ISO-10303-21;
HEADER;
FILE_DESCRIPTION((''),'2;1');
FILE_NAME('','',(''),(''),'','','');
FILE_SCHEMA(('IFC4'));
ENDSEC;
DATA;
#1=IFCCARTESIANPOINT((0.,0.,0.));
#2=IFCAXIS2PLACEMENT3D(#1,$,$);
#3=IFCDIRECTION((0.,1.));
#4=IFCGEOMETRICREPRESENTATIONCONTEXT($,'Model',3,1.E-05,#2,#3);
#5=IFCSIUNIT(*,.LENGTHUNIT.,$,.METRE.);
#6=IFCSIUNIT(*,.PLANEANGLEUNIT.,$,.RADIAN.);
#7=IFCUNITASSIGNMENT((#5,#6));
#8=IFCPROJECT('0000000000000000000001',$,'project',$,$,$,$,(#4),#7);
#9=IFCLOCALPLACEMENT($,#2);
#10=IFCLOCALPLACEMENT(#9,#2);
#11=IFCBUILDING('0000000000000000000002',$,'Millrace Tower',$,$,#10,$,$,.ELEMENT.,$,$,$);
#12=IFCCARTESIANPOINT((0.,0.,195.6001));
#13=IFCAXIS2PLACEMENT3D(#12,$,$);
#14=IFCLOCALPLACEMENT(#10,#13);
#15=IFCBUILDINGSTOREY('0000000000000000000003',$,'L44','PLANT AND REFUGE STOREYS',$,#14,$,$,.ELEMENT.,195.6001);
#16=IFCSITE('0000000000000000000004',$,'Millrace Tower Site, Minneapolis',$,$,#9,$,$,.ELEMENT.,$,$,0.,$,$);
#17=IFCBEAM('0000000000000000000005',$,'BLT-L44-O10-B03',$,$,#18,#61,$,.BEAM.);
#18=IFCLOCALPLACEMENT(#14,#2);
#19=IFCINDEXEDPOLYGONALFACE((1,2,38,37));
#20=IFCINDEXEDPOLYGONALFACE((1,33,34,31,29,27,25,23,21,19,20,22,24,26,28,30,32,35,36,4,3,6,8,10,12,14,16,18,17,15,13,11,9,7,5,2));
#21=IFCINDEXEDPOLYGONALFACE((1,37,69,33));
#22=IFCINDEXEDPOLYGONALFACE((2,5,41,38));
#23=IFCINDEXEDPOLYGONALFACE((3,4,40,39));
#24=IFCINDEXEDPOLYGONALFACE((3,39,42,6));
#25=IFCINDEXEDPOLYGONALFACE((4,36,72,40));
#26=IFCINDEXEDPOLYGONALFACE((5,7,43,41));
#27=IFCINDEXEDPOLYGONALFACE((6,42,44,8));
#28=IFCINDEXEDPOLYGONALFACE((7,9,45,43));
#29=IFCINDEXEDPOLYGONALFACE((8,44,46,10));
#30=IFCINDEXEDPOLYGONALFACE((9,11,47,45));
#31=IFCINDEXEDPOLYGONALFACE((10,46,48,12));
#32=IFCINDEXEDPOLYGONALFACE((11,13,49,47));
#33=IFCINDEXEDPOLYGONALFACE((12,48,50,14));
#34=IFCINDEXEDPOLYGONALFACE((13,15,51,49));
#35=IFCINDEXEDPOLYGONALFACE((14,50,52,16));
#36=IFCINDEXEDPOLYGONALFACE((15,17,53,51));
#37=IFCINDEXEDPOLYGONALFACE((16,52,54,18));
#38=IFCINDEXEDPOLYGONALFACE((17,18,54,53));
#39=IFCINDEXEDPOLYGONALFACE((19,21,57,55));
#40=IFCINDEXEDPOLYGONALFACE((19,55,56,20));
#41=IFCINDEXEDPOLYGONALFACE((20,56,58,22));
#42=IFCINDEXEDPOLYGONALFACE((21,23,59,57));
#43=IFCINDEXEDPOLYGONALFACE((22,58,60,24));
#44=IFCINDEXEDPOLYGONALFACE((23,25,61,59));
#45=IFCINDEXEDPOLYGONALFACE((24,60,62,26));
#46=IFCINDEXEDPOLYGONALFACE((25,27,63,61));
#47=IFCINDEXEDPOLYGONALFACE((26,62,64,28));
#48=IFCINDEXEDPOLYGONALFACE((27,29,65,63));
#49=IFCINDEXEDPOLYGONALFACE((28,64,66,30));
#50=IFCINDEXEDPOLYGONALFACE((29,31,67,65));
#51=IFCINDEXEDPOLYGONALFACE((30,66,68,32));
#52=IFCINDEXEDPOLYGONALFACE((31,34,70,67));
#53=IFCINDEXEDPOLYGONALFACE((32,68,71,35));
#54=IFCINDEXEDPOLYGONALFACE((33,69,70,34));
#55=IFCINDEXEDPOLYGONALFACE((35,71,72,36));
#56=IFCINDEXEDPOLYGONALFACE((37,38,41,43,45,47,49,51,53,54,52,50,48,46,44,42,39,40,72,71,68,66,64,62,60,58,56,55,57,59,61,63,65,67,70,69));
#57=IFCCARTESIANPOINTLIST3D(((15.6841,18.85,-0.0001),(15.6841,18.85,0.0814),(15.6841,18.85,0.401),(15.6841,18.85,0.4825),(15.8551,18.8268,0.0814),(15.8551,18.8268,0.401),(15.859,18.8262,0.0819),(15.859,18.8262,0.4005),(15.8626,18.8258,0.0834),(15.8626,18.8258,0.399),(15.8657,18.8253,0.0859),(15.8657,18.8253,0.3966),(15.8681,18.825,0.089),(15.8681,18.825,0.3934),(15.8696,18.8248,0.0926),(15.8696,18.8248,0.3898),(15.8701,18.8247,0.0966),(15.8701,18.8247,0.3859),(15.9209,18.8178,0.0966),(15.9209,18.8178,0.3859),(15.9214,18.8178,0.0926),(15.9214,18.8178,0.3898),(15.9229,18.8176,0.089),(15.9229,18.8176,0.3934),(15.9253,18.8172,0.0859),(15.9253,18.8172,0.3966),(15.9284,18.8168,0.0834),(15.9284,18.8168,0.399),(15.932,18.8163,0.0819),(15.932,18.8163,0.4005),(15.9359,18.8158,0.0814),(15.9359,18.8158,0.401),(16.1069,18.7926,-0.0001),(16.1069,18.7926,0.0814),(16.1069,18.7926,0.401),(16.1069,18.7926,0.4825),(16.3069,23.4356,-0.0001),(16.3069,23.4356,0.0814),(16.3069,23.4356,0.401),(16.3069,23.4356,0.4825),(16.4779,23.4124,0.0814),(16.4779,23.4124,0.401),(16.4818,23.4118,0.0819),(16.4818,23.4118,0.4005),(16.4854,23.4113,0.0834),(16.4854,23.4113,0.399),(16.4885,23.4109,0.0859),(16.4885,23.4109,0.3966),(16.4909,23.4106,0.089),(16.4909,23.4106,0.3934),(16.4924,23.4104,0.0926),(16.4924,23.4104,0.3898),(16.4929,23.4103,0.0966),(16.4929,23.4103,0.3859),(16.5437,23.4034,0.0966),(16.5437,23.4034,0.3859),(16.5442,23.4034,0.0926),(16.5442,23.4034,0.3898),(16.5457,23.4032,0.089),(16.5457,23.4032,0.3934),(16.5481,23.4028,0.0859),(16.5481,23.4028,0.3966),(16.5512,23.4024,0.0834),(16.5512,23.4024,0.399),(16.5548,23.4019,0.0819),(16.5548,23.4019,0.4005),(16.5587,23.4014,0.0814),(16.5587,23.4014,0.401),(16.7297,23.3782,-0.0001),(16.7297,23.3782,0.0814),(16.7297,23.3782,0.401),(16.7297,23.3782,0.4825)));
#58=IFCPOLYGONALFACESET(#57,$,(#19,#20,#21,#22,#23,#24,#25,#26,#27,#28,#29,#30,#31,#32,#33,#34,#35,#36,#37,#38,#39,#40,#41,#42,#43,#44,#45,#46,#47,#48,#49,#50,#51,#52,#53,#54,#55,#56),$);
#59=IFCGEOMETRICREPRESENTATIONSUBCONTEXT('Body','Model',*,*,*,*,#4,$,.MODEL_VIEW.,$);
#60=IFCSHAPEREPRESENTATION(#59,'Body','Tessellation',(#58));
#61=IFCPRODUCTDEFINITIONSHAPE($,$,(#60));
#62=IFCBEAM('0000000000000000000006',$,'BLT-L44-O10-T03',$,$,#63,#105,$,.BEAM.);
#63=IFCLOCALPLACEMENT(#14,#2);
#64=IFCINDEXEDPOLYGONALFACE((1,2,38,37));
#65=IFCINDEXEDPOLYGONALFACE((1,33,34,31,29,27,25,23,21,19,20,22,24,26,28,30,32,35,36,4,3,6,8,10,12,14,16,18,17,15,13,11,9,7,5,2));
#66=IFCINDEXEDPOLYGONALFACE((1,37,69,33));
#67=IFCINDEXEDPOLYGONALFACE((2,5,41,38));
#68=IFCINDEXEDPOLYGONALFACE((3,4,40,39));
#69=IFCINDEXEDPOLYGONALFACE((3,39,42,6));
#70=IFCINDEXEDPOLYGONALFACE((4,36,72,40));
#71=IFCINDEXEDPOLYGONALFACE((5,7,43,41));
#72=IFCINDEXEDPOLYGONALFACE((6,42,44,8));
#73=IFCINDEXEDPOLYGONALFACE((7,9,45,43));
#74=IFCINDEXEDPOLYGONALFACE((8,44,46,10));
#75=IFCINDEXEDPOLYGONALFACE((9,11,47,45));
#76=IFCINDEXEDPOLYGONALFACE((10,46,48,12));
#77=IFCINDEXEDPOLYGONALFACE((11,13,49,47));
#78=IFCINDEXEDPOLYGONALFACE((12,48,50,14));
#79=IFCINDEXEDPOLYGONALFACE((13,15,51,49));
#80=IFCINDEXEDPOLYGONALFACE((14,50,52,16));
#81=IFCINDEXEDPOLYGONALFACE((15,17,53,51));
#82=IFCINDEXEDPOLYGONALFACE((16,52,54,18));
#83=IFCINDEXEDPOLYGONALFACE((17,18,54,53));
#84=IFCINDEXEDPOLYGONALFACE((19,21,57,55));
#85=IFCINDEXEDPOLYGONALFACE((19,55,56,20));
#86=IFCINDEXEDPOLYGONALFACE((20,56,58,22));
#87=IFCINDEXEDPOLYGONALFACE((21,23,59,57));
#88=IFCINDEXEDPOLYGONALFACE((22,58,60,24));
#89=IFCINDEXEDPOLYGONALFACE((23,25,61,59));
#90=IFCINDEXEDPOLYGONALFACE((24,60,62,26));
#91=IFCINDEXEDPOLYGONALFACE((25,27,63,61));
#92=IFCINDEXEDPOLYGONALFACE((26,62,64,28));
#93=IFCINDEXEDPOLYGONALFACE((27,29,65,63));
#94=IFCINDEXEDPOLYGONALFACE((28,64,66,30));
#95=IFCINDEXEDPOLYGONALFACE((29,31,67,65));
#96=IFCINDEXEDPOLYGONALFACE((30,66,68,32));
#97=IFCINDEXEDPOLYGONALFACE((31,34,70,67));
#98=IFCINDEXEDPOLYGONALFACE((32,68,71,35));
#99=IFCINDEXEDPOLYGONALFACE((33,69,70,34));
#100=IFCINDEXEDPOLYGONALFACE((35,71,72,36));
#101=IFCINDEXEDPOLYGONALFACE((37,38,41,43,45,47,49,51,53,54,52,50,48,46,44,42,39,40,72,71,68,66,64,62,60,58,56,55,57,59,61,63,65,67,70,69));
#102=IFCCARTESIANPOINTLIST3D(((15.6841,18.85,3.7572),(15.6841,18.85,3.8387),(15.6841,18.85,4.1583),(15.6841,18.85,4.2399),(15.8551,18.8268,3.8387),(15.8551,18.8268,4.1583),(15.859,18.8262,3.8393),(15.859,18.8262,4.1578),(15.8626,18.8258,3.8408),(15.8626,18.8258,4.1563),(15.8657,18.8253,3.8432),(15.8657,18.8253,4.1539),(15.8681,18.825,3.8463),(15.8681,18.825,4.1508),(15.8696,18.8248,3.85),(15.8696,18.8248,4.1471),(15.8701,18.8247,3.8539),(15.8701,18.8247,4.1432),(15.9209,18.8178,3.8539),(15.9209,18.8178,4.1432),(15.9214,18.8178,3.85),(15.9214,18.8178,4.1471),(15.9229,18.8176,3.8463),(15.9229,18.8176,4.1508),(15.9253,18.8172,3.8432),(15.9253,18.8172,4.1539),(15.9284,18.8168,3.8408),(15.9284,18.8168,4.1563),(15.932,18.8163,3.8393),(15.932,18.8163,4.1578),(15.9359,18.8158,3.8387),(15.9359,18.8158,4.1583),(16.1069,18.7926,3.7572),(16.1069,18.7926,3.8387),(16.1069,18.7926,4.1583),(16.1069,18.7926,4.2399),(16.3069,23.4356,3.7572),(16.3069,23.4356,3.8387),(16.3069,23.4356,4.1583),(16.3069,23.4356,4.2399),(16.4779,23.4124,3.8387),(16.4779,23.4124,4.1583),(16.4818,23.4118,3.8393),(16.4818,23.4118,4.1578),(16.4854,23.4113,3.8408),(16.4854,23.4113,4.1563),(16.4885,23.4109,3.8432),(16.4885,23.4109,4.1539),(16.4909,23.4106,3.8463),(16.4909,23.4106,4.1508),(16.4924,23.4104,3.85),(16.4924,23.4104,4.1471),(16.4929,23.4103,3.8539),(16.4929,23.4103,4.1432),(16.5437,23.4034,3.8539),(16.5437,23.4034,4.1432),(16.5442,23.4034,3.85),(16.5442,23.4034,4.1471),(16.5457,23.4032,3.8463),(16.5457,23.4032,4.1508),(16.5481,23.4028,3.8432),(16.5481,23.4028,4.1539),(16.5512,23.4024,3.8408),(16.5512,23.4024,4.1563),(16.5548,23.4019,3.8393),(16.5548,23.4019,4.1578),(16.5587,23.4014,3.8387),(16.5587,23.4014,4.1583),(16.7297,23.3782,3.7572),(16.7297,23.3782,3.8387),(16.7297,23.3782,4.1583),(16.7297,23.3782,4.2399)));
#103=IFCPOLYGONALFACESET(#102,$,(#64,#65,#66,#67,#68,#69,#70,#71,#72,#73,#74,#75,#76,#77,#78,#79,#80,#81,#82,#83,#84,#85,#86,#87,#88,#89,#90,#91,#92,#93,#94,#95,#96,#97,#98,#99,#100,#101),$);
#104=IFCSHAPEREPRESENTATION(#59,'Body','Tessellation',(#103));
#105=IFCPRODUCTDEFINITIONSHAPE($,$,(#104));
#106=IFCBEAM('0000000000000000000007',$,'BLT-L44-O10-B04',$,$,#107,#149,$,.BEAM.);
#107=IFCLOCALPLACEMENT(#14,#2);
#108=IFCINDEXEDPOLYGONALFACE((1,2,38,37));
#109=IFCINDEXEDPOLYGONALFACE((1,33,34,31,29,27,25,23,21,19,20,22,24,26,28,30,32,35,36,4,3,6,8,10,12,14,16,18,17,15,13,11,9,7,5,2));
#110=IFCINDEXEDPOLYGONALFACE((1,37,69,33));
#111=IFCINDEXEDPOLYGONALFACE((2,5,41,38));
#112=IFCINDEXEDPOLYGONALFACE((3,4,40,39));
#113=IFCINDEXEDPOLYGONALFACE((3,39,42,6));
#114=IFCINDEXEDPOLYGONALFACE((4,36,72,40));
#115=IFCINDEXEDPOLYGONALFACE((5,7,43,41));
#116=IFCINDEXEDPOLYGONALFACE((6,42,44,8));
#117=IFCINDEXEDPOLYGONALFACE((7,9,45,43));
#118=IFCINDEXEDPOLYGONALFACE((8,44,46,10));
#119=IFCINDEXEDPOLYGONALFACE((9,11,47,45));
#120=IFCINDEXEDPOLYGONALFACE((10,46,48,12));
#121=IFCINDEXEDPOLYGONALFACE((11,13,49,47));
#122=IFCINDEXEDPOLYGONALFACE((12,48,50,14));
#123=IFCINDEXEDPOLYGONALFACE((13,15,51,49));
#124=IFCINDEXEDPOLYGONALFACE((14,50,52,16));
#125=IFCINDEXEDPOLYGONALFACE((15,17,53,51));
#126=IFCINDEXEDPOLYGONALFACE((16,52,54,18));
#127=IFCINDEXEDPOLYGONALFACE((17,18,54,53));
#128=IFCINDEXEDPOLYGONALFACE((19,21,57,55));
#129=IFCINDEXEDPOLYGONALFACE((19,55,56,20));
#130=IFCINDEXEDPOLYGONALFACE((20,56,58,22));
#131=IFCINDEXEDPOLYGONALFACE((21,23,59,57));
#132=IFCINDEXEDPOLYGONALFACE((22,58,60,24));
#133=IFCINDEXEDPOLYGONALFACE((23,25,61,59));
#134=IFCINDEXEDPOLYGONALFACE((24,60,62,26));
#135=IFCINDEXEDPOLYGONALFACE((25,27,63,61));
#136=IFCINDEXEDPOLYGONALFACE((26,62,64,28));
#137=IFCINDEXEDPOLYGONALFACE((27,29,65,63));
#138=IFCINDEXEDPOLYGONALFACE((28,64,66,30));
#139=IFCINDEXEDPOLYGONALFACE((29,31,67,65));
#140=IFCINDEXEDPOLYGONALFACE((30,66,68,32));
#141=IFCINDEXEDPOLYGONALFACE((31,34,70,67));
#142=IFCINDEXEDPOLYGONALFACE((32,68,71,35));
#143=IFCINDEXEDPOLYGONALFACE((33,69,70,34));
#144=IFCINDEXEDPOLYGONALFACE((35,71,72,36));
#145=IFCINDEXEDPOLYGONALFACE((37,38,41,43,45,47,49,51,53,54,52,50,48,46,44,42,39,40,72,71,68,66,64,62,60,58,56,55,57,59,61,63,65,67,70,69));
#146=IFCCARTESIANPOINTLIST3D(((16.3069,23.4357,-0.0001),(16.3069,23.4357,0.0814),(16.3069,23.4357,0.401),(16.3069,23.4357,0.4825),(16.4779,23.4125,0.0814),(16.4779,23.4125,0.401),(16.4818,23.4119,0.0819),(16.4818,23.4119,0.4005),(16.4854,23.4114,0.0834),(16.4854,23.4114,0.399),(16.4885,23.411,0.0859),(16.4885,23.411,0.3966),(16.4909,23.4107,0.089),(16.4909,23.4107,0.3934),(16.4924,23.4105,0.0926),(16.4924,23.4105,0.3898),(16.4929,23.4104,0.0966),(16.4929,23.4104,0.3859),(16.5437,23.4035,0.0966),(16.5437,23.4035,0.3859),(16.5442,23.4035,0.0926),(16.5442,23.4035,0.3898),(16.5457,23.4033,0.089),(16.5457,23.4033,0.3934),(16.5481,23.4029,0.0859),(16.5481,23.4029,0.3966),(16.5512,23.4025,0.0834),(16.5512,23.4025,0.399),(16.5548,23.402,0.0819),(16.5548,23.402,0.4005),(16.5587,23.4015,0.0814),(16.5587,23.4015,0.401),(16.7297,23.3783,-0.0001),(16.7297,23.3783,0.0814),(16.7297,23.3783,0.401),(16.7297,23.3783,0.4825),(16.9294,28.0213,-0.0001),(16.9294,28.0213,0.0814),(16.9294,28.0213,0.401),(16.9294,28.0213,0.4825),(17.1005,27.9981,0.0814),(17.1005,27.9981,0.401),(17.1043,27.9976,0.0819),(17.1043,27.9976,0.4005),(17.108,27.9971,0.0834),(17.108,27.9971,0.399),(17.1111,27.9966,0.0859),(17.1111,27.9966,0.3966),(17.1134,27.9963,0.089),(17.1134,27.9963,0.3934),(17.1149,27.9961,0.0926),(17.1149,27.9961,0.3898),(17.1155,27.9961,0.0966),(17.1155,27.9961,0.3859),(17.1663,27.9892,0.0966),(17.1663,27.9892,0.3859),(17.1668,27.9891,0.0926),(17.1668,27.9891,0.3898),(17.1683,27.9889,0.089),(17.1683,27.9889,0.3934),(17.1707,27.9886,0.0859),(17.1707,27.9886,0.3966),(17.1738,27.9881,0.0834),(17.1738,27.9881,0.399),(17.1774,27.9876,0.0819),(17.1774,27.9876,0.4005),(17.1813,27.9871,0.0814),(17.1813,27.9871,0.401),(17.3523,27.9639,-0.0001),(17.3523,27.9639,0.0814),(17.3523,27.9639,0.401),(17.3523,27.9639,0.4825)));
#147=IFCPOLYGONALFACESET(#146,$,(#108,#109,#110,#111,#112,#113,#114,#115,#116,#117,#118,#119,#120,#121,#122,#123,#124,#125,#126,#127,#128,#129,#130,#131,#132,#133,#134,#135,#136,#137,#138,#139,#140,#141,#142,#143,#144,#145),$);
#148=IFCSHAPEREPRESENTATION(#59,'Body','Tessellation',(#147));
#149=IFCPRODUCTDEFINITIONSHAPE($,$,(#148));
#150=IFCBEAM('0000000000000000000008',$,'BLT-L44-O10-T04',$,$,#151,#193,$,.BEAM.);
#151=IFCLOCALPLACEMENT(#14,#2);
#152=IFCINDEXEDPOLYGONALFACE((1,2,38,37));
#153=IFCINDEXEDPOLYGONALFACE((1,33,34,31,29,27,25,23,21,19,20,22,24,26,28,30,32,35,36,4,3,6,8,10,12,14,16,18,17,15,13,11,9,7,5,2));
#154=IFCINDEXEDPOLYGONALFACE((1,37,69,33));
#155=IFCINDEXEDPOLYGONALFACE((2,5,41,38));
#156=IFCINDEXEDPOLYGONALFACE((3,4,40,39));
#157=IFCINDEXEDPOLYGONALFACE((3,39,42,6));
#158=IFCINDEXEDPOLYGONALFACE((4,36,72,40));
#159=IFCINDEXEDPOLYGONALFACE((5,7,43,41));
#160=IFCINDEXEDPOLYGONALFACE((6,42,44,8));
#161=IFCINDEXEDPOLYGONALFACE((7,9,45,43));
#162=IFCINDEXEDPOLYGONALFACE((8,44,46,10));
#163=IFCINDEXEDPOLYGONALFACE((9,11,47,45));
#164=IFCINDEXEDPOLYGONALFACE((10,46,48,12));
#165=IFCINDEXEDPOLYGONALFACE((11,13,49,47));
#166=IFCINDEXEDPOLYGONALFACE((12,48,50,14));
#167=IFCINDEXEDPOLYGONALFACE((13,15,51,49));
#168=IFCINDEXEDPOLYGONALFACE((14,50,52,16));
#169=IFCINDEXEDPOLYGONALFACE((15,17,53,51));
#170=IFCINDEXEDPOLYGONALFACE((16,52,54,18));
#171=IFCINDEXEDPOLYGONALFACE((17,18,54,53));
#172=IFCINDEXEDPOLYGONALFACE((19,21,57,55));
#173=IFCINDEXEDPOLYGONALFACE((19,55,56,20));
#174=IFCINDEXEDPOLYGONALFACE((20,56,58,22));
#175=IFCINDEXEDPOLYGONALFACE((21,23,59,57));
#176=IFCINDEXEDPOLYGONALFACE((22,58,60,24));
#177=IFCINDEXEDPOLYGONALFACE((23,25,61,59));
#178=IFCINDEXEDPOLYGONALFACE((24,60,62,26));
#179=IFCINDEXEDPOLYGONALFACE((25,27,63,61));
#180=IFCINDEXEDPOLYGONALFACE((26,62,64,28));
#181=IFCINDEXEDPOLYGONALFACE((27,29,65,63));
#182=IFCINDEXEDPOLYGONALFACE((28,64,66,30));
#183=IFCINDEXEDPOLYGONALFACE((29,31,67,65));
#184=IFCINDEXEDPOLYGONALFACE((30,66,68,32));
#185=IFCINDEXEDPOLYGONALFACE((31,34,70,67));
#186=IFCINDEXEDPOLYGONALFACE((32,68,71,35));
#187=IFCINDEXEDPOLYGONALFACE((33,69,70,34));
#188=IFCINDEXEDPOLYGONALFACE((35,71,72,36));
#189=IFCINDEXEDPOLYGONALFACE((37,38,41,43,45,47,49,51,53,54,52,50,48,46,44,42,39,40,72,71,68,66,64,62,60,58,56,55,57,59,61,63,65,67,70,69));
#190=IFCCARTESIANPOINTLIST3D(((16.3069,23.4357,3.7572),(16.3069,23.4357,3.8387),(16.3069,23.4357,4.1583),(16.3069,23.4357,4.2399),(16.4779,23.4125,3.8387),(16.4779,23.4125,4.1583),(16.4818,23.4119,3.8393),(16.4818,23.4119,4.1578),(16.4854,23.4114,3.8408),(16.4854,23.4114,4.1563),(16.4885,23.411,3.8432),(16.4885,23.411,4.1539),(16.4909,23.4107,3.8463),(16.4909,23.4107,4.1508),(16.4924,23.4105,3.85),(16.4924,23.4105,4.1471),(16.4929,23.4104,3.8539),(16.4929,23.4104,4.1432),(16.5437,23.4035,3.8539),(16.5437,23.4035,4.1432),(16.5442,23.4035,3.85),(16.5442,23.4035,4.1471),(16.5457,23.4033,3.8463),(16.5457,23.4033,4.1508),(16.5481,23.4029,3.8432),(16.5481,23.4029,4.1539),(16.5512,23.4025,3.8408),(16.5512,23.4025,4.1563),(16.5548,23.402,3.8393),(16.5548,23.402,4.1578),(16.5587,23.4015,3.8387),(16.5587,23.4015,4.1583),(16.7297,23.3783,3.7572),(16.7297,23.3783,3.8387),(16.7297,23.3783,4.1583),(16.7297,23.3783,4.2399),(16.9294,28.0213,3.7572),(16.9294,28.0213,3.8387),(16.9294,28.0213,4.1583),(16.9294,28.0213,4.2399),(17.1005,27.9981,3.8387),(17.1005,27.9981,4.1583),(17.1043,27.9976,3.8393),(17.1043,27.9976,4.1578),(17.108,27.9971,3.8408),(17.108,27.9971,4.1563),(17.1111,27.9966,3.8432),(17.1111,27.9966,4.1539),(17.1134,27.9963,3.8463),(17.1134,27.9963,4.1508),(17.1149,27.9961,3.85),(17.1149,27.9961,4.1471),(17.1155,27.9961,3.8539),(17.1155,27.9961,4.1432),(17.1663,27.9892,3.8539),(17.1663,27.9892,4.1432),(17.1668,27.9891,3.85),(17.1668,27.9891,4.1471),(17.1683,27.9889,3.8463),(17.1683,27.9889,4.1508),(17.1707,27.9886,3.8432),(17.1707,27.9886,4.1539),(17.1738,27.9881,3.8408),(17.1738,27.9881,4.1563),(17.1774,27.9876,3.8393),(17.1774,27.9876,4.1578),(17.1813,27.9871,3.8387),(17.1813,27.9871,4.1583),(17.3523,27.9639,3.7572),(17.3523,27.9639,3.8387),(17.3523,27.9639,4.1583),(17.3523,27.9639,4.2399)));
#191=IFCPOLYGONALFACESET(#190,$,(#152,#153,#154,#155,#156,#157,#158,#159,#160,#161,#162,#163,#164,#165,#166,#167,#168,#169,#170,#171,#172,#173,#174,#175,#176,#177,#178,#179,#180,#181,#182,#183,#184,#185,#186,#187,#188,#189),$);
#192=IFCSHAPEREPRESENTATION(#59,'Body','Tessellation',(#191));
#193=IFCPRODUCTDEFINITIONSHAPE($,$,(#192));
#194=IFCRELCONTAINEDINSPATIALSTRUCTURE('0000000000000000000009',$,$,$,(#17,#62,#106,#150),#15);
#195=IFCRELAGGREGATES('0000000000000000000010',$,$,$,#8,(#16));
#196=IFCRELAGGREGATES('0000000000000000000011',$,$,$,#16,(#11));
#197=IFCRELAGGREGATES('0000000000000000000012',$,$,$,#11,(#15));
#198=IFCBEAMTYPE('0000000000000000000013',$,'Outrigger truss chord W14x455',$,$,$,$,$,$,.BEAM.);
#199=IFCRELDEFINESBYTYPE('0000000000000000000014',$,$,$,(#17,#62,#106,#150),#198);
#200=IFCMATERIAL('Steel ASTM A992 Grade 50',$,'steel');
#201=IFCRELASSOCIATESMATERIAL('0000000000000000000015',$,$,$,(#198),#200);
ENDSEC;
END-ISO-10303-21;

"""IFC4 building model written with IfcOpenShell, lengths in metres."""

from ifc_helpers import new_model, si_unit, direction, frame, origin, origin_2d, place, context, subcontext, project, spatial, i_section, extrude, material, material_profile, profile_set, type_object, element, save


model = new_model("IFC4")

# Units and contexts
model_context = context("Model", 3, precision=1e-05, world=origin(), true_north=direction((0.0, 1.0)))
body_context = subcontext(model_context, "Body", "Model", "MODEL_VIEW")
ifc_project = project(units=[si_unit("LENGTHUNIT", "METRE"), si_unit("PLANEANGLEUNIT", "RADIAN")], contexts=[model_context])

# Site, building, storey
site_placement = place(None, origin())
site = spatial("IfcSite", under=ifc_project, at=site_placement, Name="Millrace Tower Site, Minneapolis", CompositionType="ELEMENT", RefElevation=0.0)
building_placement = place(site_placement, origin())
building = spatial("IfcBuilding", under=site, at=building_placement, Name="Millrace Tower", CompositionType="ELEMENT")
storey_placement = place(building_placement, frame((0.0, 0.0, 195.6001)))
storey = spatial("IfcBuildingStorey", under=building, at=storey_placement, Name="L44", Description="PLANT AND REFUGE STOREYS", CompositionType="ELEMENT", Elevation=195.6001)

# Beams
ifc_material_1 = material(Name="Steel ASTM A992 Grade 50", Category="steel")
ifc_material_profile_1 = material_profile(ifc_material_1, i_section(OverallWidth=0.4268, OverallDepth=0.4827, WebThickness=0.0513, FlangeThickness=0.0815, FilletRadius=0.0151, at=origin_2d()))
ifc_profile_set_1 = profile_set([ifc_material_profile_1], Name="Steel ASTM A992 Grade 50")
beam_type_1 = type_object("IfcBeamType", Name="Outrigger truss chord W14x455", PredefinedType="BEAM", material=ifc_profile_set_1)
for number, where, z_axis, x_axis, name in (
    (1, (15.8955, 18.8213, 0.2412), (0.134579, 0.990903, 0.0), (-0.990903, 0.134579, 0.0), "BLT-L44-O10-B03"),
    (2, (15.8955, 18.8213, 3.9985), (0.134579, 0.990903, 0.0), (-0.990903, 0.134579, 0.0), "BLT-L44-O10-T03"),
    (3, (16.5183, 23.407, 0.2412), (0.134527, 0.99091, 0.0), (-0.99091, 0.134527, 0.0), "BLT-L44-O10-B04"),
    (4, (16.5183, 23.407, 3.9985), (0.134527, 0.99091, 0.0), (-0.99091, 0.134527, 0.0), "BLT-L44-O10-T04"),
):
    element("IfcBeam", number, at=place(storey_placement, frame(where, z_axis=z_axis, x_axis=x_axis)), inside=storey, type_object=beam_type_1, Name=name, PredefinedType="BEAM", context=body_context, shape_type="SweptSolid", body=[
        extrude(i_section(OverallWidth=0.4268, OverallDepth=0.4827, WebThickness=0.0513, FlangeThickness=0.0815, FilletRadius=0.0151, at=origin_2d()), origin(), (0.0, 0.0, 1.0), 4.6277),
    ])

save(model, "model.ifc")
